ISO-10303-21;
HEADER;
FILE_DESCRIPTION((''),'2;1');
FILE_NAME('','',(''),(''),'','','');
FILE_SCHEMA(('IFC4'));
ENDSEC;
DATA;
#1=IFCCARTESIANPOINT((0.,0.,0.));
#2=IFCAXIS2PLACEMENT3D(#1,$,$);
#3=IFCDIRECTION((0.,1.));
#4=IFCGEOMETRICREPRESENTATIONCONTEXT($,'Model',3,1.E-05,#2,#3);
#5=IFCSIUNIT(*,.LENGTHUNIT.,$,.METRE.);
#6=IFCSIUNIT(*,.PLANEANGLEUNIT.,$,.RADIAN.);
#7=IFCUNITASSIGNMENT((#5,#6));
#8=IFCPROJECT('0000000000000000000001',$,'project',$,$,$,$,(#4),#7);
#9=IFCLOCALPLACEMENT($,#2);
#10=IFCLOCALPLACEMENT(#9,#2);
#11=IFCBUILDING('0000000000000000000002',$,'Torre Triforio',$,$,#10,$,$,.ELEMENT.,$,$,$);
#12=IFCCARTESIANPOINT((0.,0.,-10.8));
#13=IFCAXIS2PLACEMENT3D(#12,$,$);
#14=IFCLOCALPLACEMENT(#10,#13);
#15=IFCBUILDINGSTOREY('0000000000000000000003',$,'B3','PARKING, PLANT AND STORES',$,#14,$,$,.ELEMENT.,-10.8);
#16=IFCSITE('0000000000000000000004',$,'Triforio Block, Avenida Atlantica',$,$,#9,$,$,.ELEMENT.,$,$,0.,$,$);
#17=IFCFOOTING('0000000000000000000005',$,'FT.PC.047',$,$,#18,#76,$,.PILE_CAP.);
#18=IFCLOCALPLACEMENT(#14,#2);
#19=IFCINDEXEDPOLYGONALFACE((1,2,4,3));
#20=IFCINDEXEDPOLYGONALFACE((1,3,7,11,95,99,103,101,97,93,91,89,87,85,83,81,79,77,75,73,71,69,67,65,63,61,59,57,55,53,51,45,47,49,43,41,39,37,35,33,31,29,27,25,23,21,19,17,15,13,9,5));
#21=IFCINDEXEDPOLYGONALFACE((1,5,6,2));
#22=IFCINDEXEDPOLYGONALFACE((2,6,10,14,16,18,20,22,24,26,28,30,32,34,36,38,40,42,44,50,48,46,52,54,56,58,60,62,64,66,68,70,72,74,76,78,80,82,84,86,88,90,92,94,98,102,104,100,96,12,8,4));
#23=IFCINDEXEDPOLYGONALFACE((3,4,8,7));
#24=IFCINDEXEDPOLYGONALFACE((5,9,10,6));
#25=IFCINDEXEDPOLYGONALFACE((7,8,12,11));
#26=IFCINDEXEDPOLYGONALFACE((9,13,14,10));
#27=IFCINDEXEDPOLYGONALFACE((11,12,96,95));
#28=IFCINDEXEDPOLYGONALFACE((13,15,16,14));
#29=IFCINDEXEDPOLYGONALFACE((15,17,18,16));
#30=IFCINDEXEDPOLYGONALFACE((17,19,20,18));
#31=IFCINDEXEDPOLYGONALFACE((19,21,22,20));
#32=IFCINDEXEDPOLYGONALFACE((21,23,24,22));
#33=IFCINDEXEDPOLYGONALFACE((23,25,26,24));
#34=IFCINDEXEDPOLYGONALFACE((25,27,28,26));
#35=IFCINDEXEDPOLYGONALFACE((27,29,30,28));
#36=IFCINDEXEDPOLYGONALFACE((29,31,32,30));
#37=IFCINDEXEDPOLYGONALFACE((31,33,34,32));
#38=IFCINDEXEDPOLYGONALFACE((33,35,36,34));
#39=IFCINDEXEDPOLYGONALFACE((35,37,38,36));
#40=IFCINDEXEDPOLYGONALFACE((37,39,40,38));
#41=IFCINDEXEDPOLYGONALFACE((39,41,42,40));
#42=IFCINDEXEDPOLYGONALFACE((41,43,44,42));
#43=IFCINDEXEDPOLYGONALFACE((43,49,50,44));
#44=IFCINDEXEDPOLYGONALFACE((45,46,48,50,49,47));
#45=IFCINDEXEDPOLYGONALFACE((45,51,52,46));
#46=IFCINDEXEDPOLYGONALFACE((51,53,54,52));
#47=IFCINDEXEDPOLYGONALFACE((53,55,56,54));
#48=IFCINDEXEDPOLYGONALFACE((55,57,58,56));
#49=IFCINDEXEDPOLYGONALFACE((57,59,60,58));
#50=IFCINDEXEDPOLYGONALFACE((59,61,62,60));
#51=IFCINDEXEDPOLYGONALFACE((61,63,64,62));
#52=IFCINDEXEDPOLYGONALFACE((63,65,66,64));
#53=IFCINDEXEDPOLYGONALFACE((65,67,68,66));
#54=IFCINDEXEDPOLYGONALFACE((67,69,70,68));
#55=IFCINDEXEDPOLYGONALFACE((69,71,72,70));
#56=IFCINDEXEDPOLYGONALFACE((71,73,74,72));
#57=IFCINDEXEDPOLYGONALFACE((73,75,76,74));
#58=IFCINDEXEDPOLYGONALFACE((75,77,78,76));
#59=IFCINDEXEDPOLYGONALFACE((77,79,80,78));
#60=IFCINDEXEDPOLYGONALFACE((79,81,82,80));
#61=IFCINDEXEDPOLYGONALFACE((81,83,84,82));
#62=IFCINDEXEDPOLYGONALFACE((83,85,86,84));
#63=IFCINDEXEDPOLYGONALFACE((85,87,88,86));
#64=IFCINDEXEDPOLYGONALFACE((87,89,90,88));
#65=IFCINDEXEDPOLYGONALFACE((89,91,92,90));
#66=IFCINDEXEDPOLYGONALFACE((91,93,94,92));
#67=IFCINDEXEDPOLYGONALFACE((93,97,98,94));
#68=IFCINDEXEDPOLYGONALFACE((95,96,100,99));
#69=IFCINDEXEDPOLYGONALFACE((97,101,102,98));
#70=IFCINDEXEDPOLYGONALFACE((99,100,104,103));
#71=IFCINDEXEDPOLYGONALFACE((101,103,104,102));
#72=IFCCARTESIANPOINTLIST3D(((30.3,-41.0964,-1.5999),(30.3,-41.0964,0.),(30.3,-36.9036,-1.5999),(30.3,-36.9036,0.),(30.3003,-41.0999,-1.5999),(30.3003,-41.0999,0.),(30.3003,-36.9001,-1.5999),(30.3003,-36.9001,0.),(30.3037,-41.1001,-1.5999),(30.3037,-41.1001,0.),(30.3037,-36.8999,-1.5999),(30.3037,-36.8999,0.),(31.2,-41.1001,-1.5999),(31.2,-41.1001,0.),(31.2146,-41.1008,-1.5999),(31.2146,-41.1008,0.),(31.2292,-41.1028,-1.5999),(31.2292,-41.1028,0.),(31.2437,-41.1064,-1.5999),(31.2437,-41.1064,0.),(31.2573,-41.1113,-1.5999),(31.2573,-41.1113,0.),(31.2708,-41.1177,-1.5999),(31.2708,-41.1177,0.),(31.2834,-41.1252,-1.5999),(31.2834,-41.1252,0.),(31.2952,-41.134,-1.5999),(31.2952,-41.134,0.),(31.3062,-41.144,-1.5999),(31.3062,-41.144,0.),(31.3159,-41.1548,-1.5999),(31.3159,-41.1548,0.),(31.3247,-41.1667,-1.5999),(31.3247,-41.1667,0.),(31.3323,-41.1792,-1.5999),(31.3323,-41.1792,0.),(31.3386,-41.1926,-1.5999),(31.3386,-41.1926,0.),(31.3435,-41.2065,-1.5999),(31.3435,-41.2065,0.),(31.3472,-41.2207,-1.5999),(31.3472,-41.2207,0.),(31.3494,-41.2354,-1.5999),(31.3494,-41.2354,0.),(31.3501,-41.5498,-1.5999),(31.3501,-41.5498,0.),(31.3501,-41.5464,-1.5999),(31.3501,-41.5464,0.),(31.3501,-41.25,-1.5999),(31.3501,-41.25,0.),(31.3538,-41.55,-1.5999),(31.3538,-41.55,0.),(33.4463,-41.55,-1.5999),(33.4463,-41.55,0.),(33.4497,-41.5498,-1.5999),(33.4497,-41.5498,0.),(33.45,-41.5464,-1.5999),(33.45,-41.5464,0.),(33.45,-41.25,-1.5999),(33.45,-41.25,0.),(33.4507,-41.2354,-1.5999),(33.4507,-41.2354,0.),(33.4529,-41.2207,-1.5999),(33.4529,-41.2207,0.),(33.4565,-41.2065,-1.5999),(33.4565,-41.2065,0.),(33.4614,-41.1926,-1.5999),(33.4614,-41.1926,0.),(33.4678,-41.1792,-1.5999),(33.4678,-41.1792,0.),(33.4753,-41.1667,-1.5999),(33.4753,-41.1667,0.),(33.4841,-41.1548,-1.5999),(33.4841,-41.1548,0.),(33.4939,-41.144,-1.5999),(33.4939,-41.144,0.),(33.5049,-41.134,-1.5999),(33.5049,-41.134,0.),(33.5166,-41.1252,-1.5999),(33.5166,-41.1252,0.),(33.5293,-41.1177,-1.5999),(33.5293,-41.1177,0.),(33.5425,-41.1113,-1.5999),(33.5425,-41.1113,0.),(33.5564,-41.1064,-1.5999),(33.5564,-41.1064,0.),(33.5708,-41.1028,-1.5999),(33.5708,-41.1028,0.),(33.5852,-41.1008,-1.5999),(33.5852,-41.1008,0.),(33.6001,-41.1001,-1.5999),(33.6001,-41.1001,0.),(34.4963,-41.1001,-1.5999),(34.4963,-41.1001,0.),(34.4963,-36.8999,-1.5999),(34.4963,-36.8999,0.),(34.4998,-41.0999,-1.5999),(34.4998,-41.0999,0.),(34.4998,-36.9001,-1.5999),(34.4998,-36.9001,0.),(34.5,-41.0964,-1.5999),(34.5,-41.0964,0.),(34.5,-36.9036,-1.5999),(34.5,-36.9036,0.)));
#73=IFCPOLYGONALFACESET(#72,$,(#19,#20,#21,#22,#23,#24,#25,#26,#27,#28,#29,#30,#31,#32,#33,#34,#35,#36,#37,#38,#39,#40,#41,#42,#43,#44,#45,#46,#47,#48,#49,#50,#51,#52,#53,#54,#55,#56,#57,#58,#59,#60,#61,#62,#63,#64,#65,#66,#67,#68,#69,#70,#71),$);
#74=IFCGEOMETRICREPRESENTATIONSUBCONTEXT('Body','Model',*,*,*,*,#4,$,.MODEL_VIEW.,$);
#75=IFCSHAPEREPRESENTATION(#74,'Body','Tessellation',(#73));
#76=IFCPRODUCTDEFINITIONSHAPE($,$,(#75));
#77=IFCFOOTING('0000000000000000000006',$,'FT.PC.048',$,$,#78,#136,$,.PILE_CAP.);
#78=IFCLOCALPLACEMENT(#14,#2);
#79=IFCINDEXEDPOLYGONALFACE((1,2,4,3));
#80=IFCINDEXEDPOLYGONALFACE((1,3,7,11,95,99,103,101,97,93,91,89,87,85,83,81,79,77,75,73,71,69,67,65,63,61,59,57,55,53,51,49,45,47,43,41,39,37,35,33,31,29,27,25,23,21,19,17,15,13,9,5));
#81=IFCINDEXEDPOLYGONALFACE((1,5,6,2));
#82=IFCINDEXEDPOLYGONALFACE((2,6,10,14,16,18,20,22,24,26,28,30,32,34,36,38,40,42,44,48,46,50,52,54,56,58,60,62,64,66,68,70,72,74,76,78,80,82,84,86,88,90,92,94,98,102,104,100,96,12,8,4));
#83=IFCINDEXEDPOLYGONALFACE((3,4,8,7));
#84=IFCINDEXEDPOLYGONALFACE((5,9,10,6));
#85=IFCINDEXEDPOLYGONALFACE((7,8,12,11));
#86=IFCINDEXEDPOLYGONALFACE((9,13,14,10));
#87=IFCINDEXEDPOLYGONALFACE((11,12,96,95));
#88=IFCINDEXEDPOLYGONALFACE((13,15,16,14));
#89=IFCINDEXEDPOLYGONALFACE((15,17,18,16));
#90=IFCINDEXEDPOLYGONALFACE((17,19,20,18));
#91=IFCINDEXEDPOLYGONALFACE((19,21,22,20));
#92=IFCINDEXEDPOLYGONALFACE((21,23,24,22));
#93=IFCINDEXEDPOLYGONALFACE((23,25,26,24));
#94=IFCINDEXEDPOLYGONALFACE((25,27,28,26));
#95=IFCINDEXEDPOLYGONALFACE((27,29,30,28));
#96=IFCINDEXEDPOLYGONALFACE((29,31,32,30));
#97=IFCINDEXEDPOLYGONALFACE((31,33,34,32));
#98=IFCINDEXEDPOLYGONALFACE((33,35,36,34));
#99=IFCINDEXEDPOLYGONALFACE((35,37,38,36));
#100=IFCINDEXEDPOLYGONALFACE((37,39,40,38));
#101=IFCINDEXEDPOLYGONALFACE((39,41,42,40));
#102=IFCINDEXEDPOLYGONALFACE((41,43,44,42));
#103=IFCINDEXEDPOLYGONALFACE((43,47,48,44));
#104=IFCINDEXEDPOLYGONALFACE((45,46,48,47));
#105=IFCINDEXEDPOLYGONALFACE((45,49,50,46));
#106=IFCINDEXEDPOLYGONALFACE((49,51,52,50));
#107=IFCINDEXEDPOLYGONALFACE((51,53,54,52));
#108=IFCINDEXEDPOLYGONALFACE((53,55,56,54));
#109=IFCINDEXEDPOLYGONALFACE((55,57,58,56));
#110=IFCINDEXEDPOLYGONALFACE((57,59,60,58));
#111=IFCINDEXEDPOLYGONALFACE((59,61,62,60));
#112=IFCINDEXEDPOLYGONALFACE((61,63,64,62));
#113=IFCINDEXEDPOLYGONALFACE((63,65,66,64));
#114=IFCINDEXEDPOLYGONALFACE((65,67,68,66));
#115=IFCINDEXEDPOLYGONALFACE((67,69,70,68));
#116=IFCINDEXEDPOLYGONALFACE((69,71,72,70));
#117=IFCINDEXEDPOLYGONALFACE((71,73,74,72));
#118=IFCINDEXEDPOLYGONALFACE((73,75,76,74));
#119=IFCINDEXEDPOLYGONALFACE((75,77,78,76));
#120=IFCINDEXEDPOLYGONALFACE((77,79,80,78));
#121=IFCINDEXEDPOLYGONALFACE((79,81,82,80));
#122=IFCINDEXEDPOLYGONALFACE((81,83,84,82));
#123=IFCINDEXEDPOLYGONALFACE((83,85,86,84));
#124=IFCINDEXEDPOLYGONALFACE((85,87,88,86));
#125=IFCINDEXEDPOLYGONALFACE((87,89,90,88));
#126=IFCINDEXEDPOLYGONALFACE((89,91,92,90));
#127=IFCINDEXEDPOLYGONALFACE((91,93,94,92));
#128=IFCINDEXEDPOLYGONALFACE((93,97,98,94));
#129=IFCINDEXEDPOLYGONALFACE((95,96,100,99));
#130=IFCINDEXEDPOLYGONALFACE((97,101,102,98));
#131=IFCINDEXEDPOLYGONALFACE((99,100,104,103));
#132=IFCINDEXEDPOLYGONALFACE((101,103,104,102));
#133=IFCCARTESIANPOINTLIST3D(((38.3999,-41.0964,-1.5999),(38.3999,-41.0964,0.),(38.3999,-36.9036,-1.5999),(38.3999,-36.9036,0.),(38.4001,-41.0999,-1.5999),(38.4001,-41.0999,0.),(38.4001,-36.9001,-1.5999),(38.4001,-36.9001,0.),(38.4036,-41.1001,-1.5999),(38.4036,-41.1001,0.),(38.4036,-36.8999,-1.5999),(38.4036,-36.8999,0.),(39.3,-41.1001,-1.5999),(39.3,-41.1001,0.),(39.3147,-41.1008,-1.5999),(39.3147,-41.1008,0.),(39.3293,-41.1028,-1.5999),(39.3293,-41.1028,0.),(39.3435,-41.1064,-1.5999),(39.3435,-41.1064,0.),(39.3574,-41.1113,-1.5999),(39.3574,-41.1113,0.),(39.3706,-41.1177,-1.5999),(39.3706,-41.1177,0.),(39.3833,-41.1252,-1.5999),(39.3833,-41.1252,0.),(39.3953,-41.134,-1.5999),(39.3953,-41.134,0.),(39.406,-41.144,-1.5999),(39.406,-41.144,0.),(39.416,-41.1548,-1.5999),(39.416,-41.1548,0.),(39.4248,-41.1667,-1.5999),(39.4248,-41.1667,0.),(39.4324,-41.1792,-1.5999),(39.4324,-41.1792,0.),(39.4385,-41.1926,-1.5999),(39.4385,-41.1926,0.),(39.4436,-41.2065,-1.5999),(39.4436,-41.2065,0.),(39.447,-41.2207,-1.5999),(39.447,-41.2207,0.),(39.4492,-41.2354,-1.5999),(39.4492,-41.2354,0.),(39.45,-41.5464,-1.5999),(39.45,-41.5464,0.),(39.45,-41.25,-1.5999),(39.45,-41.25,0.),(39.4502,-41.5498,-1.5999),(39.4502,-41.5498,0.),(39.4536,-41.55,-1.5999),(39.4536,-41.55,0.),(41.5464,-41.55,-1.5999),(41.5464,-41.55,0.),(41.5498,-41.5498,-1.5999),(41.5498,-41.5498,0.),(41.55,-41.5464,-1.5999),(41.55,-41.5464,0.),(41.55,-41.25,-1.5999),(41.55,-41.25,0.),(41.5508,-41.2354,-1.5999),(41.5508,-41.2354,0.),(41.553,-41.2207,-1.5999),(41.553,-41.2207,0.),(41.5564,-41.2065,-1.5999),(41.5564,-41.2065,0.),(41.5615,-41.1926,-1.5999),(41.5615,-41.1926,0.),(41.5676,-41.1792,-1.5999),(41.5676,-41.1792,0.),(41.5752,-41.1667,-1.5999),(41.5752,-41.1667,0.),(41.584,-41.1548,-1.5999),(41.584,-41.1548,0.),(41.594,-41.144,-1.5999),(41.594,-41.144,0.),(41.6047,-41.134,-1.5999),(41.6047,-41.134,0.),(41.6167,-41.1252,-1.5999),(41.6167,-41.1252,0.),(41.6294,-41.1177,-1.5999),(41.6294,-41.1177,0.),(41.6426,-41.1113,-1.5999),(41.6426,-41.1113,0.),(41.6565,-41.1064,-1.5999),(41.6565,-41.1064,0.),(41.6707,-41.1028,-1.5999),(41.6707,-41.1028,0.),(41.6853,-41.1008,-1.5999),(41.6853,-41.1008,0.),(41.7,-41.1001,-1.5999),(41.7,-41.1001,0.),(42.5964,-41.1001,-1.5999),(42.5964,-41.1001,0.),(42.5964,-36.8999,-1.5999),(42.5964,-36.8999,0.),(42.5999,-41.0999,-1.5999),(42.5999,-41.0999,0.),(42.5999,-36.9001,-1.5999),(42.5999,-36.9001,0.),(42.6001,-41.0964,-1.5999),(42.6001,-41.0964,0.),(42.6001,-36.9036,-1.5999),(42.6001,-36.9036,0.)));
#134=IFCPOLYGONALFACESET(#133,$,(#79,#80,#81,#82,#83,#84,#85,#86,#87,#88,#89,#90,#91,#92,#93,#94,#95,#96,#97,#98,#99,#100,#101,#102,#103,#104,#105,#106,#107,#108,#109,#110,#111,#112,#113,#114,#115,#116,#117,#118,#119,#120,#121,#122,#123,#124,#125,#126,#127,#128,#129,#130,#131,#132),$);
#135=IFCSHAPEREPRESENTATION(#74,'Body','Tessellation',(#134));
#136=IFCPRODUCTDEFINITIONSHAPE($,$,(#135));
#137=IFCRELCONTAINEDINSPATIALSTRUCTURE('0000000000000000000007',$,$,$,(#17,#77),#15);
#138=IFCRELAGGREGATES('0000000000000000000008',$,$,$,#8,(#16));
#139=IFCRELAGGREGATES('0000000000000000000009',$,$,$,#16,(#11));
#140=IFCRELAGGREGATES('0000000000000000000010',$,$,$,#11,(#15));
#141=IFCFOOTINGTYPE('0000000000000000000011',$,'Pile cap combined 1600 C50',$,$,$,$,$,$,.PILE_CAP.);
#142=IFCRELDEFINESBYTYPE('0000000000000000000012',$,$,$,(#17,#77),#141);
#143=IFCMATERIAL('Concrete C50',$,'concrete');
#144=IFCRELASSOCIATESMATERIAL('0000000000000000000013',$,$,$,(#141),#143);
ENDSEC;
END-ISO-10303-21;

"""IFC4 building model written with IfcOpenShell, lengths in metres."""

from ifc_helpers import new_model, si_unit, direction, frame, origin, place, context, subcontext, project, spatial, polyline, outline, extrude, material, type_object, element, save


model = new_model("IFC4")

# Units and contexts
model_context = context("Model", 3, precision=1e-05, world=origin(), true_north=direction((0.0, 1.0)))
body_context = subcontext(model_context, "Body", "Model", "MODEL_VIEW")
ifc_project = project(units=[si_unit("LENGTHUNIT", "METRE"), si_unit("PLANEANGLEUNIT", "RADIAN")], contexts=[model_context])

# Site, building, storey
site_placement = place(None, origin())
site = spatial("IfcSite", under=ifc_project, at=site_placement, Name="Triforio Block, Avenida Atlantica", CompositionType="ELEMENT", RefElevation=0.0)
building_placement = place(site_placement, origin())
building = spatial("IfcBuilding", under=site, at=building_placement, Name="Torre Triforio", CompositionType="ELEMENT")
storey_placement = place(building_placement, frame((0.0, 0.0, -10.8)))
storey = spatial("IfcBuildingStorey", under=building, at=storey_placement, Name="B3", Description="PARKING, PLANT AND STORES", CompositionType="ELEMENT", Elevation=-10.8)

# Footings
ifc_material_1 = material(Name="Concrete C50", Category="concrete")
footing_type_1 = type_object("IfcFootingType", Name="Pile cap combined 1600 C50", PredefinedType="PILE_CAP", material=ifc_material_1)
footing_1_placement = place(storey_placement, frame((0.0, 0.0, -1.5999)))
element("IfcFooting", 1, at=footing_1_placement, inside=storey, type_object=footing_type_1, Name="FT.PC.047", PredefinedType="PILE_CAP", context=body_context, shape_type="SweptSolid", body=[
    extrude(outline(polyline([(30.3003, -41.0999), (30.3037, -41.1001), (31.2, -41.1001), (31.2146, -41.1008), (31.2292, -41.1028), (31.2437, -41.1064), (31.2573, -41.1113), (31.2708, -41.1177), (31.2834, -41.1252), (31.2952, -41.134), (31.3062, -41.144), (31.3159, -41.1548), (31.3247, -41.1667), (31.3323, -41.1792), (31.3386, -41.1926), (31.3435, -41.2065), (31.3472, -41.2207), (31.3494, -41.2354), (31.3501, -41.25), (31.3501, -41.5464), (31.3501, -41.5498), (31.3538, -41.55), (33.4463, -41.55), (33.4497, -41.5498), (33.45, -41.5464), (33.45, -41.25), (33.4507, -41.2354), (33.4529, -41.2207), (33.4565, -41.2065), (33.4614, -41.1926), (33.4678, -41.1792), (33.4753, -41.1667), (33.4841, -41.1548), (33.4939, -41.144), (33.5049, -41.134), (33.5166, -41.1252), (33.5293, -41.1177), (33.5425, -41.1113), (33.5564, -41.1064), (33.5708, -41.1028), (33.5852, -41.1008), (33.6001, -41.1001), (34.4963, -41.1001), (34.4998, -41.0999), (34.5, -41.0964), (34.5, -36.9036), (34.4998, -36.9001), (34.4963, -36.8999), (30.3037, -36.8999), (30.3003, -36.9001), (30.3, -36.9036), (30.3, -41.0964), (30.3003, -41.0999)])), origin(), (0.0, 0.0, 1.0), 1.5999),
])
footing_2_placement = place(storey_placement, frame((0.0, 0.0, -1.5999)))
element("IfcFooting", 2, at=footing_2_placement, inside=storey, type_object=footing_type_1, Name="FT.PC.048", PredefinedType="PILE_CAP", context=body_context, shape_type="SweptSolid", body=[
    extrude(outline(polyline([(38.4001, -41.0999), (38.4036, -41.1001), (39.3, -41.1001), (39.3147, -41.1008), (39.3293, -41.1028), (39.3435, -41.1064), (39.3574, -41.1113), (39.3706, -41.1177), (39.3833, -41.1252), (39.3953, -41.134), (39.406, -41.144), (39.416, -41.1548), (39.4248, -41.1667), (39.4324, -41.1792), (39.4385, -41.1926), (39.4436, -41.2065), (39.447, -41.2207), (39.4492, -41.2354), (39.45, -41.25), (39.45, -41.5464), (39.4502, -41.5498), (39.4536, -41.55), (41.5464, -41.55), (41.5498, -41.5498), (41.55, -41.5464), (41.55, -41.25), (41.5508, -41.2354), (41.553, -41.2207), (41.5564, -41.2065), (41.5615, -41.1926), (41.5676, -41.1792), (41.5752, -41.1667), (41.584, -41.1548), (41.594, -41.144), (41.6047, -41.134), (41.6167, -41.1252), (41.6294, -41.1177), (41.6426, -41.1113), (41.6565, -41.1064), (41.6707, -41.1028), (41.6853, -41.1008), (41.7, -41.1001), (42.5964, -41.1001), (42.5999, -41.0999), (42.6001, -41.0964), (42.6001, -36.9036), (42.5999, -36.9001), (42.5964, -36.8999), (38.4036, -36.8999), (38.4001, -36.9001), (38.3999, -36.9036), (38.3999, -41.0964), (38.4001, -41.0999)])), origin(), (0.0, 0.0, 1.0), 1.5999),
])

save(model, "model.ifc")
